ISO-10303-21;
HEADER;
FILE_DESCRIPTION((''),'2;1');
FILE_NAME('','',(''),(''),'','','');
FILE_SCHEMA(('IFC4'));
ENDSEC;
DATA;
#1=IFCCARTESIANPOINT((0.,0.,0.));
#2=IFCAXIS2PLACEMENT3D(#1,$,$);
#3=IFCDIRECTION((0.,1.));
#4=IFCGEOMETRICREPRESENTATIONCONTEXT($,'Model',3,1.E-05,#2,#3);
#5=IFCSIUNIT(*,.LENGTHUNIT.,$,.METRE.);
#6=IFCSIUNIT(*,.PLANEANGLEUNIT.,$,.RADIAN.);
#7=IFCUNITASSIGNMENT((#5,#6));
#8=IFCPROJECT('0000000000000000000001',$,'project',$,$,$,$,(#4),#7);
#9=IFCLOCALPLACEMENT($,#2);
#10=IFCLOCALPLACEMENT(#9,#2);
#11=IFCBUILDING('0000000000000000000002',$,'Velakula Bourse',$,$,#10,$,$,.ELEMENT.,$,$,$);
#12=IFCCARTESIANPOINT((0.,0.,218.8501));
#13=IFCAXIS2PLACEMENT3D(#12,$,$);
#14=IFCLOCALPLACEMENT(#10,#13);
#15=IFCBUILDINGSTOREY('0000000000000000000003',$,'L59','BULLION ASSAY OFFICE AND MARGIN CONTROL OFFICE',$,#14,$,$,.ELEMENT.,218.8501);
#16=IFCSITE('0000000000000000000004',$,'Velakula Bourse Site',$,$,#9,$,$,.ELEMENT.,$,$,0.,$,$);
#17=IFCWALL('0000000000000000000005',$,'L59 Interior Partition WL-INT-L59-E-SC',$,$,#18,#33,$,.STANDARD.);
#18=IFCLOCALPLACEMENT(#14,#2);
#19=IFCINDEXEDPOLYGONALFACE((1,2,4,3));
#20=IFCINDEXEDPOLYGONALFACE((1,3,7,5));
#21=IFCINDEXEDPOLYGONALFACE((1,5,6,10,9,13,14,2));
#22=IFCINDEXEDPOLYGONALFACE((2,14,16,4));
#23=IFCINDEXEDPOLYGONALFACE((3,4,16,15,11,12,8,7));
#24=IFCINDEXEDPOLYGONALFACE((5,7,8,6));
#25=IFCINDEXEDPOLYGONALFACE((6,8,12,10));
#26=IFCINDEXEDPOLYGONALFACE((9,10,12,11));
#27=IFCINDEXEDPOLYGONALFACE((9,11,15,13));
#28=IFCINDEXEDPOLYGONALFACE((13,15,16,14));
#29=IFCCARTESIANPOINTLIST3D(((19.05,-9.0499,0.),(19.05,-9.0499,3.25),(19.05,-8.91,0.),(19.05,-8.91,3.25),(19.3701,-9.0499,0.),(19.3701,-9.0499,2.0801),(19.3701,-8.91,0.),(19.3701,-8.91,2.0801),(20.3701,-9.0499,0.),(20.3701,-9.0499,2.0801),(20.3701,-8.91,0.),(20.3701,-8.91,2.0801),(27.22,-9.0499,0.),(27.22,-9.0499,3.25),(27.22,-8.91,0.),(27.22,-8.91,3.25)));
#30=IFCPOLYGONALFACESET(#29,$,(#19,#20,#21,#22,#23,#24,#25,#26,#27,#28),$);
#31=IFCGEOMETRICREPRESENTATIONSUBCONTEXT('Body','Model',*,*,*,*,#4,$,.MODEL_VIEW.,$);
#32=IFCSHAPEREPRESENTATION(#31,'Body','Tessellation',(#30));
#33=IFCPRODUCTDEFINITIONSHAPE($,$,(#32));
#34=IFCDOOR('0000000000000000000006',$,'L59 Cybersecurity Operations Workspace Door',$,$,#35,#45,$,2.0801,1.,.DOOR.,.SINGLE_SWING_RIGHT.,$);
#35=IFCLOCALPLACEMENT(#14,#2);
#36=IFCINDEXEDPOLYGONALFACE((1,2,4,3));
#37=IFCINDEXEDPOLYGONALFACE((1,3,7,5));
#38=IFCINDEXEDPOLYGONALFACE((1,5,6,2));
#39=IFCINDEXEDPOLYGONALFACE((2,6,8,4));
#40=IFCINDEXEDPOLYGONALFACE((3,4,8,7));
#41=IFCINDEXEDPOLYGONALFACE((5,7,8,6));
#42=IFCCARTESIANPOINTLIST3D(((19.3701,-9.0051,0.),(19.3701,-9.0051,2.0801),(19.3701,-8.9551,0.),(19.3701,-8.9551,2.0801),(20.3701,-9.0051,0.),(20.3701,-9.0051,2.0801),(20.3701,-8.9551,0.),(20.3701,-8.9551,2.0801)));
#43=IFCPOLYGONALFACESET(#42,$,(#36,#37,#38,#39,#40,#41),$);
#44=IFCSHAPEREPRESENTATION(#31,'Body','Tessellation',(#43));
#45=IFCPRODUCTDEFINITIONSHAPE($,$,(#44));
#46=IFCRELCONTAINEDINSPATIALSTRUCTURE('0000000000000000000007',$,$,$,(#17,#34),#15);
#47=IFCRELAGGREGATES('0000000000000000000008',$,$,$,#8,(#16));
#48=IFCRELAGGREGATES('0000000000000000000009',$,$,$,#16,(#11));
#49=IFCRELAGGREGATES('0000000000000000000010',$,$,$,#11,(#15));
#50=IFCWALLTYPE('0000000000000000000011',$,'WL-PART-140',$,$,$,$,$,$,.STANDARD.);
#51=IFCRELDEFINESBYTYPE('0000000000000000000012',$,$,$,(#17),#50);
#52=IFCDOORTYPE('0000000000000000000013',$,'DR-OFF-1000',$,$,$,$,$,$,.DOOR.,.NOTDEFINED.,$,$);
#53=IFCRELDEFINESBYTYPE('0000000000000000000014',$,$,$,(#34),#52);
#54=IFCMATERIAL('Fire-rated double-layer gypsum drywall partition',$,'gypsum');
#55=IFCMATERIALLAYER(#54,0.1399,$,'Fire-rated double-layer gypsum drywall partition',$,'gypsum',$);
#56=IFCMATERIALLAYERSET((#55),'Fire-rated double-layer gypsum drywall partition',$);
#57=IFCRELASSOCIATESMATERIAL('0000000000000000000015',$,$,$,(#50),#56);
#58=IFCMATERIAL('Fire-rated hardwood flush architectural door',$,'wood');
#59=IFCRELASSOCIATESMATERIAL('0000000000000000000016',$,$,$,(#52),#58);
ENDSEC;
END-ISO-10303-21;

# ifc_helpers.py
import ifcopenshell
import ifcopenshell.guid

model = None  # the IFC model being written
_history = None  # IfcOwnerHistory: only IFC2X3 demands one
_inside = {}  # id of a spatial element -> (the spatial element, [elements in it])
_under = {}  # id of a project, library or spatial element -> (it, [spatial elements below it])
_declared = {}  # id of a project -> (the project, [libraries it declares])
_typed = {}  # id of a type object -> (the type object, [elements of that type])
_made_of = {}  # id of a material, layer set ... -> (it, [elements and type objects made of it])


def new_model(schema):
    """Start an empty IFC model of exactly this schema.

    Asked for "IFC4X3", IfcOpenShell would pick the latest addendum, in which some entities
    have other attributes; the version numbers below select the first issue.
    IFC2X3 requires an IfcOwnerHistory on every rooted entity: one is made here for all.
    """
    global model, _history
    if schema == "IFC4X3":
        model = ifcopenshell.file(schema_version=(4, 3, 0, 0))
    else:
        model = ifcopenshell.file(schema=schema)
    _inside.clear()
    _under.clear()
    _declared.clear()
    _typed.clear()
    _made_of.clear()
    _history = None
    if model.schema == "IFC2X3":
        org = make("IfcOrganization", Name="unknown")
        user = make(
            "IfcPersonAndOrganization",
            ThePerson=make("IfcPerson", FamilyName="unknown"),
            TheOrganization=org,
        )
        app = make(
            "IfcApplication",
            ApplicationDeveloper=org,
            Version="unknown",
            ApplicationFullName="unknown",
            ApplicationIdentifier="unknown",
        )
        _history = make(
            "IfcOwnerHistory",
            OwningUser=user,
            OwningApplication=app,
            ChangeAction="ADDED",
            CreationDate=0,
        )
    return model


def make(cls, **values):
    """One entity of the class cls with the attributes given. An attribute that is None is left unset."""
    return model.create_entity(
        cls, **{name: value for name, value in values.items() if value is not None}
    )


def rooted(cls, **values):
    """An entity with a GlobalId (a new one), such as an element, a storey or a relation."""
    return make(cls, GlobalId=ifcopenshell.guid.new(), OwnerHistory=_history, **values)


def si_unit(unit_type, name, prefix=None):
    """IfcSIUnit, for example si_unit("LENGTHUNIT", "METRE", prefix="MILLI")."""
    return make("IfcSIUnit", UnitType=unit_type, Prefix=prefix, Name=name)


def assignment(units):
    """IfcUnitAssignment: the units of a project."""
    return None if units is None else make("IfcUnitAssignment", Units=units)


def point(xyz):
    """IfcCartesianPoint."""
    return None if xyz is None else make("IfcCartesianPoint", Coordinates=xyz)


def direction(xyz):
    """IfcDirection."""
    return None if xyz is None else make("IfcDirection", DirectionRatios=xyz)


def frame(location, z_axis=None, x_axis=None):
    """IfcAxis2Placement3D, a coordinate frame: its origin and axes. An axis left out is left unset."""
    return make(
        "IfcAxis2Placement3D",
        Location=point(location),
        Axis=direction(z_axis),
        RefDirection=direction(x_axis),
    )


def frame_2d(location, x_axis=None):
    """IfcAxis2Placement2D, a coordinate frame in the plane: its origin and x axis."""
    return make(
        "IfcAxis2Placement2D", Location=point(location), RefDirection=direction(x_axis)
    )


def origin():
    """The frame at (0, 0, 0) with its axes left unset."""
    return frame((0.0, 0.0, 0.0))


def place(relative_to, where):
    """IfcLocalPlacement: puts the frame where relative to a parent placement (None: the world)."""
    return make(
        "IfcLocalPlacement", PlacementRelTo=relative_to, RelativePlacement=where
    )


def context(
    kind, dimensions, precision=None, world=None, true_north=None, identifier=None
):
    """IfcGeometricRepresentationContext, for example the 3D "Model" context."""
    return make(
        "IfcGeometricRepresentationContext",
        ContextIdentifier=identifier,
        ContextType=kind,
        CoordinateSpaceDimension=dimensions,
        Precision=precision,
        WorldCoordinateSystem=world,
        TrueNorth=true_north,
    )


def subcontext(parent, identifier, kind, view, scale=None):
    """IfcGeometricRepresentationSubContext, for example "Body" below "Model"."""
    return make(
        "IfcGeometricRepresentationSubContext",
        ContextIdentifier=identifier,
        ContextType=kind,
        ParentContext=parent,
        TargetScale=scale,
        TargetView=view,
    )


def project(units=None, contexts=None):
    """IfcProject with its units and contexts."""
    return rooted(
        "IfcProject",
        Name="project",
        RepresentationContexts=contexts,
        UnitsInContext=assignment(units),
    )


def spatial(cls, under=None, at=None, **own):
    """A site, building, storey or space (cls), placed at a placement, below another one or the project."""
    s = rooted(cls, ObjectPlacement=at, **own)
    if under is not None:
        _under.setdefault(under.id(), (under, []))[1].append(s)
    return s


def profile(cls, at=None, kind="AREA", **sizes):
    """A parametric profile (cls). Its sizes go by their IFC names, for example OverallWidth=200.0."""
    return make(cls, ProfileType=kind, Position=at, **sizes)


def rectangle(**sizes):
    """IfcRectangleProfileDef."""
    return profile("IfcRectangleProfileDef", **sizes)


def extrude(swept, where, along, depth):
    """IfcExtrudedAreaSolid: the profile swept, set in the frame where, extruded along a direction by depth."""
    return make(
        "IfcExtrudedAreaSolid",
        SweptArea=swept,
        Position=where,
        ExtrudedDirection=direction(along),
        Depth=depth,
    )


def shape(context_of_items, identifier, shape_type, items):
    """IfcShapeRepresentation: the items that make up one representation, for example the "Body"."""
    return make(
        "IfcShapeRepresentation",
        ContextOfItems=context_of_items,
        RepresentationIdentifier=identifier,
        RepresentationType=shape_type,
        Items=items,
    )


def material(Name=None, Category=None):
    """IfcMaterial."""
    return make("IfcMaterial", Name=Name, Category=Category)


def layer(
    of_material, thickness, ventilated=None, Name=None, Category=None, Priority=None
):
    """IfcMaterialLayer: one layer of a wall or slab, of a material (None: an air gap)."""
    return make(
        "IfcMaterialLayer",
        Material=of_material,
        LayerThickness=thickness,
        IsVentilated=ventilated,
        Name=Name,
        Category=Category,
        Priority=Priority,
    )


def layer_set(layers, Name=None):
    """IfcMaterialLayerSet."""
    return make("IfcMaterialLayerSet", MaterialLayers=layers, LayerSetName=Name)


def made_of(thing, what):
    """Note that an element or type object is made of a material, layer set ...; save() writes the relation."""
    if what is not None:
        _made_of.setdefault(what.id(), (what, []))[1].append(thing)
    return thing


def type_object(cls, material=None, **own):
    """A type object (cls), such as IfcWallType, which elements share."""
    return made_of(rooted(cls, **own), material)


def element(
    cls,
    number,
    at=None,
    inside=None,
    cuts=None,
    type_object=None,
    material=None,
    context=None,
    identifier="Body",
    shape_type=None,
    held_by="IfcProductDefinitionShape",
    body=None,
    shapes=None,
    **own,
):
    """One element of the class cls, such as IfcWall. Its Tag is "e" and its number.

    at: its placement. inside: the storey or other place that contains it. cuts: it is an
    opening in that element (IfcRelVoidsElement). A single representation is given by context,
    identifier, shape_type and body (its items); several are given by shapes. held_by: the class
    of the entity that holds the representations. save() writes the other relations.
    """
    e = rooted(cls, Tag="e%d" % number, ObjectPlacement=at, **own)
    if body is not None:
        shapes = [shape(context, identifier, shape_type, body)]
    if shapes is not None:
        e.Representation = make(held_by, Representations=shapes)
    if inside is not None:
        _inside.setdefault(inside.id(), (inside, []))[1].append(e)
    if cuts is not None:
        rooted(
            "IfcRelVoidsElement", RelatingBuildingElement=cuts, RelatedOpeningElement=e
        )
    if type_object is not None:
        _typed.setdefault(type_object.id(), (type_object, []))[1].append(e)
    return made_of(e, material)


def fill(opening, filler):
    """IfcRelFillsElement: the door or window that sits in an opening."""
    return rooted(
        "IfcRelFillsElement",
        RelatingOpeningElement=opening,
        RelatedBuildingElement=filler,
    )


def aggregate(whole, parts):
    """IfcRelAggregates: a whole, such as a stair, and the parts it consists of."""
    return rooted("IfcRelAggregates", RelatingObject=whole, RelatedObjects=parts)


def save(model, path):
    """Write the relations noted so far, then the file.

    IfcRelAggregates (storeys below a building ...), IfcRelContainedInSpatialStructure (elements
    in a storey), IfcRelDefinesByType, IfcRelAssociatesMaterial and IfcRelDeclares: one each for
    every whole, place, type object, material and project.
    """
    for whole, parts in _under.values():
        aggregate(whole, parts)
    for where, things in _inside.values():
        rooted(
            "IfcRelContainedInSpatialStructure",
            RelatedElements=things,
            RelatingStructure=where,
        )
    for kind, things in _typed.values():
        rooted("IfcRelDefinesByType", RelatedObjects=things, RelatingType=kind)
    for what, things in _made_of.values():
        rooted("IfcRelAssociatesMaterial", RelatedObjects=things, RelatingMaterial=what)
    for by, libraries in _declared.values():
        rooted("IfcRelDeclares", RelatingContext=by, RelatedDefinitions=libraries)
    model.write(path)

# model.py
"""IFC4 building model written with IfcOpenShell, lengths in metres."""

from ifc_helpers import new_model, si_unit, direction, frame, frame_2d, origin, place, context, subcontext, project, spatial, rectangle, extrude, material, layer, layer_set, type_object, element, fill, save


model = new_model("IFC4")

# Units and contexts
model_context = context("Model", 3, precision=1e-05, world=origin(), true_north=direction((0.0, 1.0)))
body_context = subcontext(model_context, "Body", "Model", "MODEL_VIEW")
ifc_project = project(units=[si_unit("LENGTHUNIT", "METRE"), si_unit("PLANEANGLEUNIT", "RADIAN")], contexts=[model_context])

# Site, building, storey
site_placement = place(None, origin())
site = spatial("IfcSite", under=ifc_project, at=site_placement, Name="Velakula Bourse Site", CompositionType="ELEMENT", RefElevation=0.0)
building_placement = place(site_placement, origin())
building = spatial("IfcBuilding", under=site, at=building_placement, Name="Velakula Bourse", CompositionType="ELEMENT")
storey_placement = place(building_placement, frame((0.0, 0.0, 218.8501)))
storey = spatial("IfcBuildingStorey", under=building, at=storey_placement, Name="L59", Description="BULLION ASSAY OFFICE AND MARGIN CONTROL OFFICE", CompositionType="ELEMENT", Elevation=218.8501)

# Wall, opening, door
ifc_material_1 = material(Name="Fire-rated double-layer gypsum drywall partition", Category="gypsum")
ifc_layer_1 = layer(ifc_material_1, 0.1399, Name="Fire-rated double-layer gypsum drywall partition", Category="gypsum")
ifc_layer_set_1 = layer_set([ifc_layer_1], Name="Fire-rated double-layer gypsum drywall partition")
wall_type_1 = type_object("IfcWallType", Name="WL-PART-140", PredefinedType="STANDARD", material=ifc_layer_set_1)
wall_1_placement = place(storey_placement, frame((19.05, -8.98, 0.0), z_axis=(0.0, 0.0, 1.0), x_axis=(1.0, 0.0, 0.0)))
wall_1 = element("IfcWall", 1, at=wall_1_placement, inside=storey, type_object=wall_type_1, Name="L59 Interior Partition WL-INT-L59-E-SC", PredefinedType="STANDARD", context=body_context, shape_type="SweptSolid", body=[
    extrude(rectangle(XDim=8.1699, YDim=0.1399, at=frame_2d((4.085, 0.0))), origin(), (0.0, 0.0, 1.0), 3.25),
])
opening_placement = place(wall_1_placement, frame((0.3201, 0.0, 0.0)))
opening = element("IfcOpeningElement", 2, at=opening_placement, cuts=wall_1, PredefinedType="OPENING", context=body_context, shape_type="SweptSolid", body=[
    extrude(rectangle(XDim=1.0, YDim=2.0801, at=frame_2d((0.5, 1.04))), frame((0.0, 0.0798, 0.0), z_axis=(0.0, -1.0, 0.0), x_axis=(1.0, 0.0, 0.0)), (0.0, 0.0, 1.0), 0.1599),
])
ifc_material_2 = material(Name="Fire-rated hardwood flush architectural door", Category="wood")
door_type = type_object("IfcDoorType", Name="DR-OFF-1000", OperationType="NOTDEFINED", PredefinedType="DOOR", material=ifc_material_2)
door_placement = place(opening_placement, origin())
door = element("IfcDoor", 3, at=door_placement, inside=storey, type_object=door_type, Name="L59 Cybersecurity Operations Workspace Door", OperationType="SINGLE_SWING_RIGHT", OverallHeight=2.0801, OverallWidth=1.0, PredefinedType="DOOR", context=body_context, shape_type="SweptSolid", body=[
    extrude(rectangle(XDim=1.0, YDim=2.0801, at=frame_2d((0.5, 1.04))), frame((0.0, 0.0249, 0.0), z_axis=(0.0, -1.0, 0.0), x_axis=(1.0, 0.0, 0.0)), (0.0, 0.0, 1.0), 0.05),
])
fill(opening, door)

save(model, "model.ifc")
